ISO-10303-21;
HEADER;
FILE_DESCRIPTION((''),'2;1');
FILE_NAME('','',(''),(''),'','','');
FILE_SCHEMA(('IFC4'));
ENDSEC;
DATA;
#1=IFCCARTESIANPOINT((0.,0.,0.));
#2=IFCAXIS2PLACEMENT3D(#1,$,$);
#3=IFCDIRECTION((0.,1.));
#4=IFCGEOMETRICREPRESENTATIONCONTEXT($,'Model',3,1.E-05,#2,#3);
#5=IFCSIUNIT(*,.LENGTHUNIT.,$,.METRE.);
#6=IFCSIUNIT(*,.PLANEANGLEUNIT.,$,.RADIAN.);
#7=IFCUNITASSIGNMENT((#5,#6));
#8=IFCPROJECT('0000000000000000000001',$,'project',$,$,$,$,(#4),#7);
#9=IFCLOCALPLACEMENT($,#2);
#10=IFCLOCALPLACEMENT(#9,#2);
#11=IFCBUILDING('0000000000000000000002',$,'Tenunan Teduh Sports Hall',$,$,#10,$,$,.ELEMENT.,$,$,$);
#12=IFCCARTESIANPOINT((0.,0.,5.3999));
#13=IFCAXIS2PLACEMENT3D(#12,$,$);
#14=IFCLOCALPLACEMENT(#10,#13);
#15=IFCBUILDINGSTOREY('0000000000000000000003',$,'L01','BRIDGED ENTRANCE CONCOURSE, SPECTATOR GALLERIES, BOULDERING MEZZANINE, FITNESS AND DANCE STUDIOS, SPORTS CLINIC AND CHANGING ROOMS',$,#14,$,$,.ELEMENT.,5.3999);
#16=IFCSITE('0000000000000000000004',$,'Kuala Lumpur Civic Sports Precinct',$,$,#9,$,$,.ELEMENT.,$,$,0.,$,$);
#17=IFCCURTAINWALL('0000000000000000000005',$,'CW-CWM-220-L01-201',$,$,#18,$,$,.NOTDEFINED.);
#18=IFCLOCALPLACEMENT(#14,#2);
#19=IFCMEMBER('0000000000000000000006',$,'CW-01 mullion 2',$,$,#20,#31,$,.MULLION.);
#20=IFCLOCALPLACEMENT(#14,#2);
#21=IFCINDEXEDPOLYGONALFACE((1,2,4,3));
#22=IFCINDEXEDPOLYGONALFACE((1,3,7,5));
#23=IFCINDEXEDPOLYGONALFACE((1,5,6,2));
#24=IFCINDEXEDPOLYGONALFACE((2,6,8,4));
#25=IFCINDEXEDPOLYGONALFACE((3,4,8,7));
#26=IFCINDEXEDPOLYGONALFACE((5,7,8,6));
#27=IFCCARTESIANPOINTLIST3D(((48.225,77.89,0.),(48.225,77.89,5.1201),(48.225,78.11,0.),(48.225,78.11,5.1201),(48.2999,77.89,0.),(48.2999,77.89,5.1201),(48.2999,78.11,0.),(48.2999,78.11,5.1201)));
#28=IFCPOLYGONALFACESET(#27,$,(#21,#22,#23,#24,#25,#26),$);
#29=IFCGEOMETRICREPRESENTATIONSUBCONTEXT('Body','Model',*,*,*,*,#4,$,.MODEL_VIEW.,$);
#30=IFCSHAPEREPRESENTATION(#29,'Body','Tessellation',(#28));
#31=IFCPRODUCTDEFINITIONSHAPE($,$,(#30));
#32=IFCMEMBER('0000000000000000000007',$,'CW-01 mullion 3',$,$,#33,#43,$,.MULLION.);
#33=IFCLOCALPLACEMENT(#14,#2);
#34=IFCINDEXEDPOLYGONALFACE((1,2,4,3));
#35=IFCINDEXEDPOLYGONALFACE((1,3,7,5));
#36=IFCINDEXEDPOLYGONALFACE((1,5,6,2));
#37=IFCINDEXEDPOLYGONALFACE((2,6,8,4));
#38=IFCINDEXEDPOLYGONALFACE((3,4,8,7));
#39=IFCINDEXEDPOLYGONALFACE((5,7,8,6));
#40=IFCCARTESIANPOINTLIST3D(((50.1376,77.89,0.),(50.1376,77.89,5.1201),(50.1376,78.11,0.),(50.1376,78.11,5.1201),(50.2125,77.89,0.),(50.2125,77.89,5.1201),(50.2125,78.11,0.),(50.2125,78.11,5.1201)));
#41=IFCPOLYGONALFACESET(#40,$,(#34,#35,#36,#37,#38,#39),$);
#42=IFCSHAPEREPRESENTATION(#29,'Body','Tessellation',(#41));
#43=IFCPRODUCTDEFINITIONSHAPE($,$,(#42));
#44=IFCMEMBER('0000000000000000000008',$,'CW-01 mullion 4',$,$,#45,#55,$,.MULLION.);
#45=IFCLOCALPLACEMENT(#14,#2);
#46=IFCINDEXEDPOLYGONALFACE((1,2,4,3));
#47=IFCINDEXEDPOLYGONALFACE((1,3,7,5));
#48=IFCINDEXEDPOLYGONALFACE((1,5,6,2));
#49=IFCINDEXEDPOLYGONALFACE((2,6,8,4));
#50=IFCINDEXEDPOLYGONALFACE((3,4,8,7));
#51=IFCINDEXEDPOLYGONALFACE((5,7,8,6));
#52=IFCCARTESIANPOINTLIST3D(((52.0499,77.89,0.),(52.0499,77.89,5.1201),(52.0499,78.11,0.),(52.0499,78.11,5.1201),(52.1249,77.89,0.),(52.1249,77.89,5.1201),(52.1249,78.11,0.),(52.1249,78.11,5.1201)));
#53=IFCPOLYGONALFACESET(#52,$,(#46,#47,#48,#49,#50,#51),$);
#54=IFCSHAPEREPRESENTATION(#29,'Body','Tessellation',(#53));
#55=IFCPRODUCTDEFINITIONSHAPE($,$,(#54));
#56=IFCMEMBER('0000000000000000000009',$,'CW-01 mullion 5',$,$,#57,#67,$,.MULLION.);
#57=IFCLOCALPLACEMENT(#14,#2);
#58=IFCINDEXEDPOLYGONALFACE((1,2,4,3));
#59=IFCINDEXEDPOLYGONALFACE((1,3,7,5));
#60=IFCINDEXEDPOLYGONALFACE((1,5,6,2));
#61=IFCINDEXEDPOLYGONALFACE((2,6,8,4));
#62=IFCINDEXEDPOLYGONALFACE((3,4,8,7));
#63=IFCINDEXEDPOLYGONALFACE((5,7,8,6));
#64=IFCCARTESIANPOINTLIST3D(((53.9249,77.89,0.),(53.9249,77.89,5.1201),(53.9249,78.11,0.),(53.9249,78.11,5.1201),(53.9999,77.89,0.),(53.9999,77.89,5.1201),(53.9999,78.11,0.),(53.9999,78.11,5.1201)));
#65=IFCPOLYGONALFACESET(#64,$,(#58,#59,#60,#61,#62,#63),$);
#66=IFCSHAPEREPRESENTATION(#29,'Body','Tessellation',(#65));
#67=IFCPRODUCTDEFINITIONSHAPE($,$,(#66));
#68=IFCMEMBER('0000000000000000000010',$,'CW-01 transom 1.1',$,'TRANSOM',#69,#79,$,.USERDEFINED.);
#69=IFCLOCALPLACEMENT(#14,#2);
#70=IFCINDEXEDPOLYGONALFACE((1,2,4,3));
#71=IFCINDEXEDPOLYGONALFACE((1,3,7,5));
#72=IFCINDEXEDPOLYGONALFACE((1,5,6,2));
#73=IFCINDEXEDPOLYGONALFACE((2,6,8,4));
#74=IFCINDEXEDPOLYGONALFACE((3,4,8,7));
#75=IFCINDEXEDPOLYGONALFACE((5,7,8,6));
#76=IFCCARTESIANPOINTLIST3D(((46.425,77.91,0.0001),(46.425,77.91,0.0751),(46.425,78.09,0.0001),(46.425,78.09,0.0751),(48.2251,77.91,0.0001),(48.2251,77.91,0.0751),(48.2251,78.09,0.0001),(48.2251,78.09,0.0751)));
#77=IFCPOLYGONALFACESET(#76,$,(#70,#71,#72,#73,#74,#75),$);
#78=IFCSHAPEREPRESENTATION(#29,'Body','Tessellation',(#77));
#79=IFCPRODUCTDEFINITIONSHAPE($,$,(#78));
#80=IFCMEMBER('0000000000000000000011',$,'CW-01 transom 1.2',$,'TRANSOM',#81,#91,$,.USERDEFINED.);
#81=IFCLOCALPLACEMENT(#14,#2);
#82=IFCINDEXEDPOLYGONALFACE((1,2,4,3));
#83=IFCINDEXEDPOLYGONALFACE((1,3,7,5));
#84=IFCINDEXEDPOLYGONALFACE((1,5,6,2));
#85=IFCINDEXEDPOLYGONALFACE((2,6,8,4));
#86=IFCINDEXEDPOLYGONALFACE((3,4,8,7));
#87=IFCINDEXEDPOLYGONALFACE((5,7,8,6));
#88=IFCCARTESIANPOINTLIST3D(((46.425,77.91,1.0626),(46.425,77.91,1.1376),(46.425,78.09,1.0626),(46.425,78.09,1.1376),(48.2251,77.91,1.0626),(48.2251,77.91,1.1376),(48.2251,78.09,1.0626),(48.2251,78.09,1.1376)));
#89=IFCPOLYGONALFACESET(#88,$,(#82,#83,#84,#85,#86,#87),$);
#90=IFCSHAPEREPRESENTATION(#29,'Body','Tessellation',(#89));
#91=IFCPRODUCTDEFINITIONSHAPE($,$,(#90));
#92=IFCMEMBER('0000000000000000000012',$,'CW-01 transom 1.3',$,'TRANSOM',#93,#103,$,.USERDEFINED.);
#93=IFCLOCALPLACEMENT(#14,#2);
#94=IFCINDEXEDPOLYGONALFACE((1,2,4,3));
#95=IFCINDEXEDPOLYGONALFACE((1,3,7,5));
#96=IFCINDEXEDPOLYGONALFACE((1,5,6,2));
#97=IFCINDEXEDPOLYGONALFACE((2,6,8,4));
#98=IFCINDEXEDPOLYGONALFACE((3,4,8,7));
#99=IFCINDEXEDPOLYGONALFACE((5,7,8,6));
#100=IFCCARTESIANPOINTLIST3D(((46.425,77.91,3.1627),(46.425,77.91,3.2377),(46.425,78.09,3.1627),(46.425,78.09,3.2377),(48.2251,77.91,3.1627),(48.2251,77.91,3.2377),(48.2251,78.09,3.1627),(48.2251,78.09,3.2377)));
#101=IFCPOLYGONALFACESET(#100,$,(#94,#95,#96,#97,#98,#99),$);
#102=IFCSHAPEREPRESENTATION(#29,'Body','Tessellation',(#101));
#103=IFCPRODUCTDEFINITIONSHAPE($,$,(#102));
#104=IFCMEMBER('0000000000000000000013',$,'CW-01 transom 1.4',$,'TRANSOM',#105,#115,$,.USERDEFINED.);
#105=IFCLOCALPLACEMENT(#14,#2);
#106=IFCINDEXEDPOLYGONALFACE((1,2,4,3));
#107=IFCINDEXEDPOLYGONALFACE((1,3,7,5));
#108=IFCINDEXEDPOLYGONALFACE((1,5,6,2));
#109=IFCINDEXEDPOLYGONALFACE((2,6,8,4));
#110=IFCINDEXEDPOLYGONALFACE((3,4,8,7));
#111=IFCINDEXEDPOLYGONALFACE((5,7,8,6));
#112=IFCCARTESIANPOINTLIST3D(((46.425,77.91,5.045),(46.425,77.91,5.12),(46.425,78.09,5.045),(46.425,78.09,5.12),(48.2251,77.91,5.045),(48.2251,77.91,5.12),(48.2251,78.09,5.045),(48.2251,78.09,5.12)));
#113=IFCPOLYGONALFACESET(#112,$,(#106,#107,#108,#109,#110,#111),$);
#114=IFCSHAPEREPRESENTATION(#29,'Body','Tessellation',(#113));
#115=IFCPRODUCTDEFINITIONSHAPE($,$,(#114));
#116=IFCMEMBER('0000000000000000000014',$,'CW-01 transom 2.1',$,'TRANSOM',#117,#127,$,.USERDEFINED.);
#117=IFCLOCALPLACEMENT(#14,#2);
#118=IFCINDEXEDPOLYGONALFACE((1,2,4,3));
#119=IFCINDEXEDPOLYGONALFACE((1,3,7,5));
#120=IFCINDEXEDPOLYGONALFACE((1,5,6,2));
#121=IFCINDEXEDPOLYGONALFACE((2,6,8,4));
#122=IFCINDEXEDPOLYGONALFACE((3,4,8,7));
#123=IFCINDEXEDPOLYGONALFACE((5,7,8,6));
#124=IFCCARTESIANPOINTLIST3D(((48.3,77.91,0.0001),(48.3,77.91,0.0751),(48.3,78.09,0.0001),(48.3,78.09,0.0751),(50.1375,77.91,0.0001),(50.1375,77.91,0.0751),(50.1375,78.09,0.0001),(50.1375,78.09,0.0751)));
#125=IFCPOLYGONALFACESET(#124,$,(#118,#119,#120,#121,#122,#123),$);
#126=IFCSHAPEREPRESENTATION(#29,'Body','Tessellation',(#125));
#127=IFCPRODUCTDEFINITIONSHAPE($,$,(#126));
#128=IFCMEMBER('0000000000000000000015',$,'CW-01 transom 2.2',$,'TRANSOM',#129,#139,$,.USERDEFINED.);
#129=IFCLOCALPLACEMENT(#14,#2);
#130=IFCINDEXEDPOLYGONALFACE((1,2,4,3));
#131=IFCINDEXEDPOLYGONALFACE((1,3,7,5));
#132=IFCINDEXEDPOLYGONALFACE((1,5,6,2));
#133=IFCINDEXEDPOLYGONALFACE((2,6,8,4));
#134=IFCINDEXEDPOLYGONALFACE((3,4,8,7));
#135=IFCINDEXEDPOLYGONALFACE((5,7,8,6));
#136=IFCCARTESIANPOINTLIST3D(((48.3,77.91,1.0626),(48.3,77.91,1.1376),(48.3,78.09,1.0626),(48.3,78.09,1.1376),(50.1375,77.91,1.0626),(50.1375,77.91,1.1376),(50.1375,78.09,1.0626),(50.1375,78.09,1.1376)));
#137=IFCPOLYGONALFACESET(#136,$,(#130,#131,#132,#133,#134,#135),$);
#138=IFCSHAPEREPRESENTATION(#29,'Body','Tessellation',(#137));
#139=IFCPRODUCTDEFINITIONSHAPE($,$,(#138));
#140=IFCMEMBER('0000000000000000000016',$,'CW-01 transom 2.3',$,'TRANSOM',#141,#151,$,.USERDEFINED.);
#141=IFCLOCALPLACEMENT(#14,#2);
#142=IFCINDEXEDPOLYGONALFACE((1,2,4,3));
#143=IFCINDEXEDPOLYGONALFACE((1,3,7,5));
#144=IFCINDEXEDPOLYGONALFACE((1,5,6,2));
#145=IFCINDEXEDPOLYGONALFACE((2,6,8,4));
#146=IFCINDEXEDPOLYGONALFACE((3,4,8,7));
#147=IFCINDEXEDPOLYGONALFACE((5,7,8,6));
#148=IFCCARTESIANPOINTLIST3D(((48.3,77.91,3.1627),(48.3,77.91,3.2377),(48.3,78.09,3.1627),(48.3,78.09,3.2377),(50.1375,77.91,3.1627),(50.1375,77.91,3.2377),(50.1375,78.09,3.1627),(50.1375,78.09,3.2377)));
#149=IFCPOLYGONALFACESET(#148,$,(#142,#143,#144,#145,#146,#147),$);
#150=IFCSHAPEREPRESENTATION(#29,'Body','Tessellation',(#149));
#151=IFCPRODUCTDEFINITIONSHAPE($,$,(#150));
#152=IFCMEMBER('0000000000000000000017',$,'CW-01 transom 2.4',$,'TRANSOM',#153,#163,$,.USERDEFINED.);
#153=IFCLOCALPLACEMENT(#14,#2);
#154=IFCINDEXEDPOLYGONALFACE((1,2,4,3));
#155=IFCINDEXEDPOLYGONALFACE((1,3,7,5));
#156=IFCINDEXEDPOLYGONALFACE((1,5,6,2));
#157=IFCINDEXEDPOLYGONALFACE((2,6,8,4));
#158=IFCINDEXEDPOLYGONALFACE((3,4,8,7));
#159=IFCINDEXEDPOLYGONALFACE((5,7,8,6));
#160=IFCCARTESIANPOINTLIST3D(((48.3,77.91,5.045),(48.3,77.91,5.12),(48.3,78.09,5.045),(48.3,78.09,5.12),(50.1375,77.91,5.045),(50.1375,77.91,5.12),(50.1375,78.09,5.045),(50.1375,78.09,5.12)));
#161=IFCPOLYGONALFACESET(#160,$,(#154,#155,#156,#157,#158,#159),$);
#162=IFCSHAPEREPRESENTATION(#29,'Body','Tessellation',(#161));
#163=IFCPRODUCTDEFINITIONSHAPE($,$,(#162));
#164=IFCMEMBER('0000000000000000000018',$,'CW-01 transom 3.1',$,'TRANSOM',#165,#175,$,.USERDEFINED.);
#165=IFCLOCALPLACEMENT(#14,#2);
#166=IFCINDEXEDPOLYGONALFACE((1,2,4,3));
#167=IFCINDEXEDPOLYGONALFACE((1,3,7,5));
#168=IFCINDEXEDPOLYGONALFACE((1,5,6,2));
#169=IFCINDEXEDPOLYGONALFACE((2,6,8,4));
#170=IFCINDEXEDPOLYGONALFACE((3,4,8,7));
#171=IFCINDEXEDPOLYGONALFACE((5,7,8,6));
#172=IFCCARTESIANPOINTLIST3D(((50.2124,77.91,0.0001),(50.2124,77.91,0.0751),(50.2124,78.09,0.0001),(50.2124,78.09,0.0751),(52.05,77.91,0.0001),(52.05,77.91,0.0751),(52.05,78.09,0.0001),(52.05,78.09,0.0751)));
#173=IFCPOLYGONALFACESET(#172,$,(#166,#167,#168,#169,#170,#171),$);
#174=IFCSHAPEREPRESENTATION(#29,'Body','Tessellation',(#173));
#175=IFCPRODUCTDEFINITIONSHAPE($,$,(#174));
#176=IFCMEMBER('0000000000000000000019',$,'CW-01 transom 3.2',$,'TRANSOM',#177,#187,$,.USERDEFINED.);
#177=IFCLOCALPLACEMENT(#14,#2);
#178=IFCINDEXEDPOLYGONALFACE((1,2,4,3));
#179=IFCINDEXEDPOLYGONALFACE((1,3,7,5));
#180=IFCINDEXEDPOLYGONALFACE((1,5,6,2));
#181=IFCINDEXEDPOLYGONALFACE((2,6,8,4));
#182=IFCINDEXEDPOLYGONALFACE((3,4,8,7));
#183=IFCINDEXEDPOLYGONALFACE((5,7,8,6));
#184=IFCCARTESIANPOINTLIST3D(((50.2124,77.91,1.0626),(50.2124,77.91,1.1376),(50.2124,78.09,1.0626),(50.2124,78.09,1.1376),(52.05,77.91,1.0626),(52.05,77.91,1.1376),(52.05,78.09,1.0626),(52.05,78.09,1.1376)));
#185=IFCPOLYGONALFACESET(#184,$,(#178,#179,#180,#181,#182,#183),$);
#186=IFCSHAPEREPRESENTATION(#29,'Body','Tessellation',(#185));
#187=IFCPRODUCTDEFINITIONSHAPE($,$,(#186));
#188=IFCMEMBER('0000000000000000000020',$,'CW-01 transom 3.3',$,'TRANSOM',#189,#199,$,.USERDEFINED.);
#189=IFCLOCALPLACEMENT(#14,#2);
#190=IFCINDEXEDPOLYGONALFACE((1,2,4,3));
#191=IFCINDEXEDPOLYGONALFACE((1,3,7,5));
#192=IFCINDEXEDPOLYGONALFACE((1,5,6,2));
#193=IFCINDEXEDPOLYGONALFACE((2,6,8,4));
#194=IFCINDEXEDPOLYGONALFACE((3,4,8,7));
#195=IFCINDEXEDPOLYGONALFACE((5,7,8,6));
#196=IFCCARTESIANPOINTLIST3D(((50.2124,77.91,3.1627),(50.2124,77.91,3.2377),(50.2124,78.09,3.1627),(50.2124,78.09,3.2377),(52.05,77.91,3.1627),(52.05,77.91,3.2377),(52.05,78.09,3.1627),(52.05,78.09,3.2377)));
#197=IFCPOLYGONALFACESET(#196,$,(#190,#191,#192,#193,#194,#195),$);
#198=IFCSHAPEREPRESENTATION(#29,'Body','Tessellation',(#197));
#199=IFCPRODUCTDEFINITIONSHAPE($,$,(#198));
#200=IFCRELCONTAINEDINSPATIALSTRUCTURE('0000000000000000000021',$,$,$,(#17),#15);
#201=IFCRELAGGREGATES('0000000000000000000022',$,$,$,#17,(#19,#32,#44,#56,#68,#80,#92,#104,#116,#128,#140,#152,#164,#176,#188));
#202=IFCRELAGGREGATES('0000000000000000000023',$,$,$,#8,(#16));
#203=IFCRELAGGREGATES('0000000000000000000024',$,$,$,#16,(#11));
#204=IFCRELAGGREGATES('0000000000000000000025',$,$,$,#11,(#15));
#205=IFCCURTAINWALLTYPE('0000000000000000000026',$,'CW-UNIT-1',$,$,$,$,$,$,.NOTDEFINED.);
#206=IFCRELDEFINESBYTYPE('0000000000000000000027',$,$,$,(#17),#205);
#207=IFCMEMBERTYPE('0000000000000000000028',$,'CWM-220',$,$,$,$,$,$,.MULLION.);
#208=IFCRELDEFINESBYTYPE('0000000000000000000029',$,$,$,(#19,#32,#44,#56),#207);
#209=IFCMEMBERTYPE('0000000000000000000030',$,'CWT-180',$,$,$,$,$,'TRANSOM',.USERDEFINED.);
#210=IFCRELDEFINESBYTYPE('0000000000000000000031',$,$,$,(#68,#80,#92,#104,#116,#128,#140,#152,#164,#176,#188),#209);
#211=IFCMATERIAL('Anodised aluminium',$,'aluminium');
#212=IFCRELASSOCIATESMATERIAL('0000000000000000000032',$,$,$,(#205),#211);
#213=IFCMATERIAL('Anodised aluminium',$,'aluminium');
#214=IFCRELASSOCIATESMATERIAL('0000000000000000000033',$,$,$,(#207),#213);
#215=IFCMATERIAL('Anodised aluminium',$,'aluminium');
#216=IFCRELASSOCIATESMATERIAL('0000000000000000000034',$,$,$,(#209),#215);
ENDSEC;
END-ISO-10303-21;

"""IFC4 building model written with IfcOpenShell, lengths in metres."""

from ifc_helpers import new_model, si_unit, direction, frame, origin, origin_2d, place, context, subcontext, project, spatial, rectangle, extrude, material, material_profile, profile_set, type_object, element, aggregate, save


model = new_model("IFC4")

# Units and contexts
model_context = context("Model", 3, precision=1e-05, world=origin(), true_north=direction((0.0, 1.0)))
body_context = subcontext(model_context, "Body", "Model", "MODEL_VIEW")
ifc_project = project(units=[si_unit("LENGTHUNIT", "METRE"), si_unit("PLANEANGLEUNIT", "RADIAN")], contexts=[model_context])

# Site, building, storey
site_placement = place(None, origin())
site = spatial("IfcSite", under=ifc_project, at=site_placement, Name="Kuala Lumpur Civic Sports Precinct", CompositionType="ELEMENT", RefElevation=0.0)
building_placement = place(site_placement, origin())
building = spatial("IfcBuilding", under=site, at=building_placement, Name="Tenunan Teduh Sports Hall", CompositionType="ELEMENT")
storey_placement = place(building_placement, frame((0.0, 0.0, 5.3999)))
storey = spatial("IfcBuildingStorey", under=building, at=storey_placement, Name="L01", Description="BRIDGED ENTRANCE CONCOURSE, SPECTATOR GALLERIES, BOULDERING MEZZANINE, FITNESS AND DANCE STUDIOS, SPORTS CLINIC AND CHANGING ROOMS", CompositionType="ELEMENT", Elevation=5.3999)

# Curtain wall, members
ifc_material_1 = material(Name="Anodised aluminium", Category="aluminium")
curtain_wall_type = type_object("IfcCurtainWallType", Name="CW-UNIT-1", PredefinedType="NOTDEFINED", material=ifc_material_1)
curtain_wall_placement = place(storey_placement, origin())
curtain_wall = element("IfcCurtainWall", 1, at=curtain_wall_placement, inside=storey, type_object=curtain_wall_type, Name="CW-CWM-220-L01-201", PredefinedType="NOTDEFINED")
ifc_material_2 = material(Name="Anodised aluminium", Category="aluminium")
ifc_material_profile_1 = material_profile(ifc_material_2, rectangle(XDim=0.075, YDim=0.22, at=origin_2d()), Name="CWM 75x220")
ifc_profile_set_1 = profile_set([ifc_material_profile_1], Name="Anodised aluminium")
member_type_1 = type_object("IfcMemberType", Name="CWM-220", PredefinedType="MULLION", material=ifc_profile_set_1)
member_1_placement = place(storey_placement, frame((48.2625, 78.0, 0.0), z_axis=(0.0, 0.0, 1.0), x_axis=(1.0, 0.0, 0.0)))
member_1 = element("IfcMember", 2, at=member_1_placement, type_object=member_type_1, Name="CW-01 mullion 2", PredefinedType="MULLION", context=body_context, shape_type="SweptSolid", body=[
    extrude(rectangle(XDim=0.075, YDim=0.22, at=origin_2d()), origin(), (0.0, 0.0, 1.0), 5.1201),
])
member_2_placement = place(storey_placement, frame((50.175, 78.0, 0.0), z_axis=(0.0, 0.0, 1.0), x_axis=(1.0, 0.0, 0.0)))
member_2 = element("IfcMember", 3, at=member_2_placement, type_object=member_type_1, Name="CW-01 mullion 3", PredefinedType="MULLION", context=body_context, shape_type="SweptSolid", body=[
    extrude(rectangle(XDim=0.075, YDim=0.22, at=origin_2d()), origin(), (0.0, 0.0, 1.0), 5.1201),
])
member_3_placement = place(storey_placement, frame((52.0874, 78.0, 0.0), z_axis=(0.0, 0.0, 1.0), x_axis=(1.0, 0.0, 0.0)))
member_3 = element("IfcMember", 4, at=member_3_placement, type_object=member_type_1, Name="CW-01 mullion 4", PredefinedType="MULLION", context=body_context, shape_type="SweptSolid", body=[
    extrude(rectangle(XDim=0.075, YDim=0.22, at=origin_2d()), origin(), (0.0, 0.0, 1.0), 5.1201),
])
member_4_placement = place(storey_placement, frame((53.9624, 78.0, 0.0), z_axis=(0.0, 0.0, 1.0), x_axis=(1.0, 0.0, 0.0)))
member_4 = element("IfcMember", 5, at=member_4_placement, type_object=member_type_1, Name="CW-01 mullion 5", PredefinedType="MULLION", context=body_context, shape_type="SweptSolid", body=[
    extrude(rectangle(XDim=0.075, YDim=0.22, at=origin_2d()), origin(), (0.0, 0.0, 1.0), 5.1201),
])
ifc_material_3 = material(Name="Anodised aluminium", Category="aluminium")
ifc_material_profile_2 = material_profile(ifc_material_3, rectangle(XDim=0.075, YDim=0.1799, at=origin_2d()), Name="CWT 75x180")
ifc_profile_set_2 = profile_set([ifc_material_profile_2], Name="Anodised aluminium")
member_type_2 = type_object("IfcMemberType", Name="CWT-180", ElementType="TRANSOM", PredefinedType="USERDEFINED", material=ifc_profile_set_2)
member_5_placement = place(storey_placement, frame((46.425, 78.0, 0.0376), z_axis=(1.0, 0.0, 0.0), x_axis=(0.0, 0.0, 1.0)))
member_5 = element("IfcMember", 6, at=member_5_placement, type_object=member_type_2, Name="CW-01 transom 1.1", ObjectType="TRANSOM", PredefinedType="USERDEFINED", context=body_context, shape_type="SweptSolid", body=[
    extrude(rectangle(XDim=0.075, YDim=0.1799, at=origin_2d()), origin(), (0.0, 0.0, 1.0), 1.8),
])
member_6_placement = place(storey_placement, frame((46.425, 78.0, 1.1001), z_axis=(1.0, 0.0, 0.0), x_axis=(0.0, 0.0, 1.0)))
member_6 = element("IfcMember", 7, at=member_6_placement, type_object=member_type_2, Name="CW-01 transom 1.2", ObjectType="TRANSOM", PredefinedType="USERDEFINED", context=body_context, shape_type="SweptSolid", body=[
    extrude(rectangle(XDim=0.075, YDim=0.1799, at=origin_2d()), origin(), (0.0, 0.0, 1.0), 1.8),
])
member_7_placement = place(storey_placement, frame((46.425, 78.0, 3.2002), z_axis=(1.0, 0.0, 0.0), x_axis=(0.0, 0.0, 1.0)))
member_7 = element("IfcMember", 8, at=member_7_placement, type_object=member_type_2, Name="CW-01 transom 1.3", ObjectType="TRANSOM", PredefinedType="USERDEFINED", context=body_context, shape_type="SweptSolid", body=[
    extrude(rectangle(XDim=0.075, YDim=0.1799, at=origin_2d()), origin(), (0.0, 0.0, 1.0), 1.8),
])
member_8_placement = place(storey_placement, frame((46.425, 78.0, 5.0825), z_axis=(1.0, 0.0, 0.0), x_axis=(0.0, 0.0, 1.0)))
member_8 = element("IfcMember", 9, at=member_8_placement, type_object=member_type_2, Name="CW-01 transom 1.4", ObjectType="TRANSOM", PredefinedType="USERDEFINED", context=body_context, shape_type="SweptSolid", body=[
    extrude(rectangle(XDim=0.075, YDim=0.1799, at=origin_2d()), origin(), (0.0, 0.0, 1.0), 1.8),
])
member_9_placement = place(storey_placement, frame((48.3, 78.0, 0.0376), z_axis=(1.0, 0.0, 0.0), x_axis=(0.0, 0.0, 1.0)))
member_9 = element("IfcMember", 10, at=member_9_placement, type_object=member_type_2, Name="CW-01 transom 2.1", ObjectType="TRANSOM", PredefinedType="USERDEFINED", context=body_context, shape_type="SweptSolid", body=[
    extrude(rectangle(XDim=0.075, YDim=0.1799, at=origin_2d()), origin(), (0.0, 0.0, 1.0), 1.8374),
])
member_10_placement = place(storey_placement, frame((48.3, 78.0, 1.1001), z_axis=(1.0, 0.0, 0.0), x_axis=(0.0, 0.0, 1.0)))
member_10 = element("IfcMember", 11, at=member_10_placement, type_object=member_type_2, Name="CW-01 transom 2.2", ObjectType="TRANSOM", PredefinedType="USERDEFINED", context=body_context, shape_type="SweptSolid", body=[
    extrude(rectangle(XDim=0.075, YDim=0.1799, at=origin_2d()), origin(), (0.0, 0.0, 1.0), 1.8374),
])
member_11_placement = place(storey_placement, frame((48.3, 78.0, 3.2002), z_axis=(1.0, 0.0, 0.0), x_axis=(0.0, 0.0, 1.0)))
member_11 = element("IfcMember", 12, at=member_11_placement, type_object=member_type_2, Name="CW-01 transom 2.3", ObjectType="TRANSOM", PredefinedType="USERDEFINED", context=body_context, shape_type="SweptSolid", body=[
    extrude(rectangle(XDim=0.075, YDim=0.1799, at=origin_2d()), origin(), (0.0, 0.0, 1.0), 1.8374),
])
member_12_placement = place(storey_placement, frame((48.3, 78.0, 5.0825), z_axis=(1.0, 0.0, 0.0), x_axis=(0.0, 0.0, 1.0)))
member_12 = element("IfcMember", 13, at=member_12_placement, type_object=member_type_2, Name="CW-01 transom 2.4", ObjectType="TRANSOM", PredefinedType="USERDEFINED", context=body_context, shape_type="SweptSolid", body=[
    extrude(rectangle(XDim=0.075, YDim=0.1799, at=origin_2d()), origin(), (0.0, 0.0, 1.0), 1.8374),
])
member_13_placement = place(storey_placement, frame((50.2124, 78.0, 0.0376), z_axis=(1.0, 0.0, 0.0), x_axis=(0.0, 0.0, 1.0)))
member_13 = element("IfcMember", 14, at=member_13_placement, type_object=member_type_2, Name="CW-01 transom 3.1", ObjectType="TRANSOM", PredefinedType="USERDEFINED", context=body_context, shape_type="SweptSolid", body=[
    extrude(rectangle(XDim=0.075, YDim=0.1799, at=origin_2d()), origin(), (0.0, 0.0, 1.0), 1.8376),
])
member_14_placement = place(storey_placement, frame((50.2124, 78.0, 1.1001), z_axis=(1.0, 0.0, 0.0), x_axis=(0.0, 0.0, 1.0)))
member_14 = element("IfcMember", 15, at=member_14_placement, type_object=member_type_2, Name="CW-01 transom 3.2", ObjectType="TRANSOM", PredefinedType="USERDEFINED", context=body_context, shape_type="SweptSolid", body=[
    extrude(rectangle(XDim=0.075, YDim=0.1799, at=origin_2d()), origin(), (0.0, 0.0, 1.0), 1.8376),
])
member_15_placement = place(storey_placement, frame((50.2124, 78.0, 3.2002), z_axis=(1.0, 0.0, 0.0), x_axis=(0.0, 0.0, 1.0)))
member_15 = element("IfcMember", 16, at=member_15_placement, type_object=member_type_2, Name="CW-01 transom 3.3", ObjectType="TRANSOM", PredefinedType="USERDEFINED", context=body_context, shape_type="SweptSolid", body=[
    extrude(rectangle(XDim=0.075, YDim=0.1799, at=origin_2d()), origin(), (0.0, 0.0, 1.0), 1.8376),
])
aggregate(curtain_wall, [member_1, member_2, member_3, member_4, member_5, member_6, member_7, member_8, member_9, member_10, member_11, member_12, member_13, member_14, member_15])

save(model, "model.ifc")
